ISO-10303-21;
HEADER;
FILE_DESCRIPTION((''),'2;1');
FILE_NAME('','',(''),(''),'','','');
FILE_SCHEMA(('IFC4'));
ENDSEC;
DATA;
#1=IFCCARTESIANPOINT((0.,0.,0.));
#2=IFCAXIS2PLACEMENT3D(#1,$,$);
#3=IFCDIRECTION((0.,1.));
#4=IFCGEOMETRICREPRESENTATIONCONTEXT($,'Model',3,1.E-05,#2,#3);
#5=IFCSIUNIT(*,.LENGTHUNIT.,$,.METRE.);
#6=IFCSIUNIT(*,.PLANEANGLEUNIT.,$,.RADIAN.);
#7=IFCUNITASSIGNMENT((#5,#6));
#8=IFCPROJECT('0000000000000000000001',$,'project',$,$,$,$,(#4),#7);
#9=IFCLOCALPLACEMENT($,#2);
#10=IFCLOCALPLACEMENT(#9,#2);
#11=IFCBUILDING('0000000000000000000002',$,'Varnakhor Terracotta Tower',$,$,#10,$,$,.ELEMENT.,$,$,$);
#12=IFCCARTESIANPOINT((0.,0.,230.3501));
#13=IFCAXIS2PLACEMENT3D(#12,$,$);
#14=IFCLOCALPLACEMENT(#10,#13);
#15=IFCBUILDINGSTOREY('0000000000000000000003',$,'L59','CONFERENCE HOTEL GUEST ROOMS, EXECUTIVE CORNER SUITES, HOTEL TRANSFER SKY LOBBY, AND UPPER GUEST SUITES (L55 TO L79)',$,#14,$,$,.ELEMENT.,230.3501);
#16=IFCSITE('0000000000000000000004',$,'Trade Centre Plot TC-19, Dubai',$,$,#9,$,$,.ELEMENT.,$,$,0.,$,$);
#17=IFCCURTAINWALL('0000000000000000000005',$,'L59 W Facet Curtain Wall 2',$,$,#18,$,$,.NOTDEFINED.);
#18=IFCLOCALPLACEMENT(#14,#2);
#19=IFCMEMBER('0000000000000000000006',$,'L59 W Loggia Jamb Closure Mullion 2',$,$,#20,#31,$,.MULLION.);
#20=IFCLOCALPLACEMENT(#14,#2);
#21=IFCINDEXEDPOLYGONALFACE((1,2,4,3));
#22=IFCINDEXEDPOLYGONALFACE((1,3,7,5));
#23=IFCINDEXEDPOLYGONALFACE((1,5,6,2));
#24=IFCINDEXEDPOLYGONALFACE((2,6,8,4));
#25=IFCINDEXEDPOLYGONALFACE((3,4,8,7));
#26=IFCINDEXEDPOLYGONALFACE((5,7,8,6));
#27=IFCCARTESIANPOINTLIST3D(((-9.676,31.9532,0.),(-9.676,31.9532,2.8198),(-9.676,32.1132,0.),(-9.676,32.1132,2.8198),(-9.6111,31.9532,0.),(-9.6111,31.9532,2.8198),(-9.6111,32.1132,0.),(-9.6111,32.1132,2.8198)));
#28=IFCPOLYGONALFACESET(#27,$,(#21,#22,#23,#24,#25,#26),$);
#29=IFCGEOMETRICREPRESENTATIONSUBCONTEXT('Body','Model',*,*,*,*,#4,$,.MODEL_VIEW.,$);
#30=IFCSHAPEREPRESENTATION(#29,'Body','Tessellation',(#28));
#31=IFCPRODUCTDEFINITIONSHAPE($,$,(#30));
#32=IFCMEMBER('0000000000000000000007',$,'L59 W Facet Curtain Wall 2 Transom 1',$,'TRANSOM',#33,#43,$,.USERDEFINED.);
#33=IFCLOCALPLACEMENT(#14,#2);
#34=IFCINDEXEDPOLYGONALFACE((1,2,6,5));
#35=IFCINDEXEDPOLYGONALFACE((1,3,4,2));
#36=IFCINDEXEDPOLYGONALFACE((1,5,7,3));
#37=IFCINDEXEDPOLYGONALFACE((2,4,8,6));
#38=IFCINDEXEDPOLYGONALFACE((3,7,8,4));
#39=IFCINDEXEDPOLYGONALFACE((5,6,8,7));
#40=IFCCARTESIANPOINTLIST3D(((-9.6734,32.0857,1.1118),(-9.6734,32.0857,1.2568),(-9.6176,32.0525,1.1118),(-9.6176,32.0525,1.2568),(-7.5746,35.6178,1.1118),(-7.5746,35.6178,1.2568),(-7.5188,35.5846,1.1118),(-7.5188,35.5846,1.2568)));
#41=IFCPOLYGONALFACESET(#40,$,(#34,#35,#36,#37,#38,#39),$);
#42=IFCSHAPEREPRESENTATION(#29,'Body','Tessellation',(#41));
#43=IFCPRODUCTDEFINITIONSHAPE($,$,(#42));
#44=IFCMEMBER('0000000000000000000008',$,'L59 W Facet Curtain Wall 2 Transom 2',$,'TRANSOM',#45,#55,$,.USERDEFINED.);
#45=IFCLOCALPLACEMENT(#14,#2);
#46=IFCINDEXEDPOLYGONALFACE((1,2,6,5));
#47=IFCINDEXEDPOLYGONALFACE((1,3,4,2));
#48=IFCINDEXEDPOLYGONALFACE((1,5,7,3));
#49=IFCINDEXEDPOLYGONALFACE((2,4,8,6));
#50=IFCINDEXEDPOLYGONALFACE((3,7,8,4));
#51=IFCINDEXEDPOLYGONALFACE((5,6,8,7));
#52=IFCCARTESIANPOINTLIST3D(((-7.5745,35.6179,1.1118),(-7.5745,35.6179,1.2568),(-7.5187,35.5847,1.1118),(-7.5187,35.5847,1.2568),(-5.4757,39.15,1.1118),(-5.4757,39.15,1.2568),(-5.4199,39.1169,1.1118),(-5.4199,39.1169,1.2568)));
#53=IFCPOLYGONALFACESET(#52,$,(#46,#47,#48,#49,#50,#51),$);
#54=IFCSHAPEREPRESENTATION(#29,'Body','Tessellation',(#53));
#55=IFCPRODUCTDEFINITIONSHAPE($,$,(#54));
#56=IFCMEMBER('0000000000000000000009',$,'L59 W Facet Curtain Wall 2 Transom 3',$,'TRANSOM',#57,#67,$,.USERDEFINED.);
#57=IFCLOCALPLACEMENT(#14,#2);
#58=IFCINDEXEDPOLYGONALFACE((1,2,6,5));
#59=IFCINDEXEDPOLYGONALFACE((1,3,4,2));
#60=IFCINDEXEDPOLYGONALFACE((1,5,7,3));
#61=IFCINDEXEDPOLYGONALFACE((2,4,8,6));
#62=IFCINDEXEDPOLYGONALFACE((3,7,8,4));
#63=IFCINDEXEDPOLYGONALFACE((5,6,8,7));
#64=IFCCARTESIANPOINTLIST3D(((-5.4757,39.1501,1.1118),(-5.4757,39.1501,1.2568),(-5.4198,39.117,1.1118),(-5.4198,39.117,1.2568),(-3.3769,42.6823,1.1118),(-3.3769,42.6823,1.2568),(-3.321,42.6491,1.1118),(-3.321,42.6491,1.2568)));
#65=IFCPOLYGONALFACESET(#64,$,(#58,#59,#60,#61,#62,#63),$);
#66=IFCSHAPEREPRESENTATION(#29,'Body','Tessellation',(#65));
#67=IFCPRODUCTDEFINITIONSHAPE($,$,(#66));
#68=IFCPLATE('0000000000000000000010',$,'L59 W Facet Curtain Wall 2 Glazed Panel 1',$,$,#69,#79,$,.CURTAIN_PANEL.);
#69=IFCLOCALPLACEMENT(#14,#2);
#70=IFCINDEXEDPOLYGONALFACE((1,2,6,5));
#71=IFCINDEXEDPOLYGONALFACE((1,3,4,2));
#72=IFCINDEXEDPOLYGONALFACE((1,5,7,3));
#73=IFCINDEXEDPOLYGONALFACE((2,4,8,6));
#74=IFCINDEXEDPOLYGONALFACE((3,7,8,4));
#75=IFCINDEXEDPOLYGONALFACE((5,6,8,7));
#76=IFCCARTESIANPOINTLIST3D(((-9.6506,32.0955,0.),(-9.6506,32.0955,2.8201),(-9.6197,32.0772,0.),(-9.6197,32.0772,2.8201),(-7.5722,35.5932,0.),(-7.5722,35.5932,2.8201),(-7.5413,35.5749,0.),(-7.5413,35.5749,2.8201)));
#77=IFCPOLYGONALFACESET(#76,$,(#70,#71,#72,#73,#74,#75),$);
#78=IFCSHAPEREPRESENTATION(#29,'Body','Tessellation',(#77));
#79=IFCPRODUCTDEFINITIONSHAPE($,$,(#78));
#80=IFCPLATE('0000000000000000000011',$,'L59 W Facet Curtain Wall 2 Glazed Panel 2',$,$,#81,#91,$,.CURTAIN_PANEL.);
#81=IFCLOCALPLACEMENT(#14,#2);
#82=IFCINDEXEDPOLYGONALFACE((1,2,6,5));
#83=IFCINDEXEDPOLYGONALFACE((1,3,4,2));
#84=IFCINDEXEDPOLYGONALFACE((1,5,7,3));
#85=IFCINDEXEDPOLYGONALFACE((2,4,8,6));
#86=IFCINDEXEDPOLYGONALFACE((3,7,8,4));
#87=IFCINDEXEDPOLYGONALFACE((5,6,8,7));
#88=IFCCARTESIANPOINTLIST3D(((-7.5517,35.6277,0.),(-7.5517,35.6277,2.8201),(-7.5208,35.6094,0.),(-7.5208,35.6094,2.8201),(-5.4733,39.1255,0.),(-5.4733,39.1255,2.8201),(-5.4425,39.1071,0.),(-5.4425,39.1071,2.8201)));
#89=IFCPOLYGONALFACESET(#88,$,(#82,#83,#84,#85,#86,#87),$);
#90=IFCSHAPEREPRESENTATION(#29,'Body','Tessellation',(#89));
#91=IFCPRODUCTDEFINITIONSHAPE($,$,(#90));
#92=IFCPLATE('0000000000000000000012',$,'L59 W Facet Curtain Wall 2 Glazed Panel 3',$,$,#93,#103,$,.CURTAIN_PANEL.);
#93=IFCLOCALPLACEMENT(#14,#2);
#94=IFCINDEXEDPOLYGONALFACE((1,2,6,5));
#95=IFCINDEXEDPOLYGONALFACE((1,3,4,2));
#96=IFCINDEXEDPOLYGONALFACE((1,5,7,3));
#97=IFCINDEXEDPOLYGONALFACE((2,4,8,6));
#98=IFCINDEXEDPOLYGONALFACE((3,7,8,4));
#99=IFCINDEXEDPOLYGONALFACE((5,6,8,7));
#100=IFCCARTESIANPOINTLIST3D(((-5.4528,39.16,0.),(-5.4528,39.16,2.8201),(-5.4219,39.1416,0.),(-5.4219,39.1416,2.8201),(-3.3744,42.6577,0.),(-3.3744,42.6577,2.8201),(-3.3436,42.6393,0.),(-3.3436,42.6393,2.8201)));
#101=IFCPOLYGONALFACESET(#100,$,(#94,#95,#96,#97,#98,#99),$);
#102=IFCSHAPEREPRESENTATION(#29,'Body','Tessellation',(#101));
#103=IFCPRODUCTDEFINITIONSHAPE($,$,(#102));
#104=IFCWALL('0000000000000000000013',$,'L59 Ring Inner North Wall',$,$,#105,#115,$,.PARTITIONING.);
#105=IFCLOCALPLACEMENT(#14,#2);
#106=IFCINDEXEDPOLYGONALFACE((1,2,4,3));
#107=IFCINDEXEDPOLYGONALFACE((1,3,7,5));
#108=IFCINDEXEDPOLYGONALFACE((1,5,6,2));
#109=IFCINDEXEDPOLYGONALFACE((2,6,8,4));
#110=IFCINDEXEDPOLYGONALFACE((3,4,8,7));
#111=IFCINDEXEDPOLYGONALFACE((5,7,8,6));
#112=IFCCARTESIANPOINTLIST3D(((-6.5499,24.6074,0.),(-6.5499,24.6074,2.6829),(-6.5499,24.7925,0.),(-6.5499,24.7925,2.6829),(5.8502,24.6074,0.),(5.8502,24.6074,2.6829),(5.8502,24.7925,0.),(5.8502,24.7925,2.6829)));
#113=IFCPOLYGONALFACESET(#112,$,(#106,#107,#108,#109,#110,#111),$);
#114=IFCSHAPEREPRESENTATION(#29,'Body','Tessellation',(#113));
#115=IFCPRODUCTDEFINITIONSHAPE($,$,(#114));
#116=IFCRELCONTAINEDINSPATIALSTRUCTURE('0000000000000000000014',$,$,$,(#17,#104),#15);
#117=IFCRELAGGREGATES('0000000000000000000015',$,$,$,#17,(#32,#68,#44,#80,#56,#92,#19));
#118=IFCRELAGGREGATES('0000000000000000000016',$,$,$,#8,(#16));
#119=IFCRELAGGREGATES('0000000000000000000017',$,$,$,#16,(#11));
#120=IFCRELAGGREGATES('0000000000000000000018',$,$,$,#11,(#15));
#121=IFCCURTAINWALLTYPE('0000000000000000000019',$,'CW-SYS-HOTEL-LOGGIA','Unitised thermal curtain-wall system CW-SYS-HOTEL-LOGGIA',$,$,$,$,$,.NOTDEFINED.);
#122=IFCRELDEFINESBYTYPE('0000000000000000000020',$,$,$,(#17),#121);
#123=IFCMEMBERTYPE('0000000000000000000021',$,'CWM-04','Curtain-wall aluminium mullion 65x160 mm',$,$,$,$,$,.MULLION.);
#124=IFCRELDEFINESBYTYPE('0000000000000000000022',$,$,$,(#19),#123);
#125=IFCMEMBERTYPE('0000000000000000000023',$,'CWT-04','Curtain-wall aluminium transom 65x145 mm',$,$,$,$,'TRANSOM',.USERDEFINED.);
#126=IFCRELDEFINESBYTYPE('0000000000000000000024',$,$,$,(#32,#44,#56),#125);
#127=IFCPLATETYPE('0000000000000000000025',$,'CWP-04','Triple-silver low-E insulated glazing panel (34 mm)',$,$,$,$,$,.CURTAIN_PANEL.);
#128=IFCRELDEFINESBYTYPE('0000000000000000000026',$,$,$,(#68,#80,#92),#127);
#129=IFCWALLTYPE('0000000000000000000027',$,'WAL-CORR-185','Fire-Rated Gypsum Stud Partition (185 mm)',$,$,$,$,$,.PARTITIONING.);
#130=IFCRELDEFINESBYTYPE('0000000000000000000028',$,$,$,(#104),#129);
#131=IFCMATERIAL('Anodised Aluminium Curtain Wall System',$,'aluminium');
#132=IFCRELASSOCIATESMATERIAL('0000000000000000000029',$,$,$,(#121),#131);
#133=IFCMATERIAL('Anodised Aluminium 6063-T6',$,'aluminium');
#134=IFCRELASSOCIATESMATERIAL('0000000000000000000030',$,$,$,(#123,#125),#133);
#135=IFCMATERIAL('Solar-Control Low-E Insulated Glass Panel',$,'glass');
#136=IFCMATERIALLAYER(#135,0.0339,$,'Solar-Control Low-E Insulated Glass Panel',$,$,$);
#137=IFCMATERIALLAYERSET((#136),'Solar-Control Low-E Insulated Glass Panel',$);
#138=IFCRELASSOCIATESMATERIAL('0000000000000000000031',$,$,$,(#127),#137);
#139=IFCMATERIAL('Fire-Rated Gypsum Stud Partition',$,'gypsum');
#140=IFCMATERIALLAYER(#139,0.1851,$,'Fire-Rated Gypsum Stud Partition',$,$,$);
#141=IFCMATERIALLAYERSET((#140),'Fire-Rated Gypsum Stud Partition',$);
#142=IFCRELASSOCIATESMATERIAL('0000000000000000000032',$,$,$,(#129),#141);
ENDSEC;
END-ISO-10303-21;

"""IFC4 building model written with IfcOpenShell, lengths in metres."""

from ifc_helpers import new_model, si_unit, direction, frame, frame_2d, origin, origin_2d, place, context, subcontext, project, spatial, rectangle, extrude, source, transform, mapped, material, layer, layer_set, material_profile, profile_set, type_object, element, aggregate, save


model = new_model("IFC4")

# Units and contexts
model_context = context("Model", 3, precision=1e-05, world=origin(), true_north=direction((0.0, 1.0)))
body_context = subcontext(model_context, "Body", "Model", "MODEL_VIEW")
ifc_project = project(units=[si_unit("LENGTHUNIT", "METRE"), si_unit("PLANEANGLEUNIT", "RADIAN")], contexts=[model_context])

# Site, building, storey
site_placement = place(None, origin())
site = spatial("IfcSite", under=ifc_project, at=site_placement, Name="Trade Centre Plot TC-19, Dubai", CompositionType="ELEMENT", RefElevation=0.0)
building_placement = place(site_placement, origin())
building = spatial("IfcBuilding", under=site, at=building_placement, Name="Varnakhor Terracotta Tower", CompositionType="ELEMENT")
storey_placement = place(building_placement, frame((0.0, 0.0, 230.3501)))
storey = spatial("IfcBuildingStorey", under=building, at=storey_placement, Name="L59", Description="CONFERENCE HOTEL GUEST ROOMS, EXECUTIVE CORNER SUITES, HOTEL TRANSFER SKY LOBBY, AND UPPER GUEST SUITES (L55 TO L79)", CompositionType="ELEMENT", Elevation=230.3501)

# Curtain wall, members, plates
ifc_material_1 = material(Name="Anodised Aluminium Curtain Wall System", Category="aluminium")
curtain_wall_type = type_object("IfcCurtainWallType", Name="CW-SYS-HOTEL-LOGGIA", Description="Unitised thermal curtain-wall system CW-SYS-HOTEL-LOGGIA", PredefinedType="NOTDEFINED", material=ifc_material_1)
curtain_wall_placement = place(storey_placement, origin())
curtain_wall = element("IfcCurtainWall", 1, at=curtain_wall_placement, inside=storey, type_object=curtain_wall_type, Name="L59 W Facet Curtain Wall 2", PredefinedType="NOTDEFINED")
ifc_material_2 = material(Name="Anodised Aluminium 6063-T6", Category="aluminium")
ifc_material_profile_1 = material_profile(ifc_material_2, rectangle(XDim=0.0649, YDim=0.1599, at=origin_2d()), Name="ALU MULLION 65x160")
ifc_profile_set_1 = profile_set([ifc_material_profile_1], Name="Anodised Aluminium 6063-T6")
member_type_1 = type_object("IfcMemberType", Name="CWM-04", Description="Curtain-wall aluminium mullion 65x160 mm", PredefinedType="MULLION", material=ifc_profile_set_1)
shared_shape_1 = source(origin(), body_context, "Body", "SweptSolid", [
    extrude(rectangle(XDim=0.0649, YDim=0.1599, at=origin_2d()), origin(), (0.0, 0.0, 1.0), 2.8198),
])
member_1_placement = place(storey_placement, frame((-9.6436, 32.0332, 0.0), z_axis=(0.0, 0.0, 1.0), x_axis=(1.0, 0.0, 0.0)))
member_1 = element("IfcMember", 2, at=member_1_placement, type_object=member_type_1, Name="L59 W Loggia Jamb Closure Mullion 2", PredefinedType="MULLION", context=body_context, shape_type="MappedRepresentation", body=[
    mapped(shared_shape_1, transform((0.0, 0.0, 0.0), scale=1.0)),
])
ifc_material_profile_2 = material_profile(ifc_material_2, rectangle(XDim=0.0649, YDim=0.145, at=origin_2d()), Name="ALU TRANSOM 65x145")
ifc_profile_set_2 = profile_set([ifc_material_profile_2], Name="Anodised Aluminium 6063-T6")
member_type_2 = type_object("IfcMemberType", Name="CWT-04", Description="Curtain-wall aluminium transom 65x145 mm", ElementType="TRANSOM", PredefinedType="USERDEFINED", material=ifc_profile_set_2)
shared_shape_2 = source(origin(), body_context, "Body", "SweptSolid", [
    extrude(rectangle(XDim=0.0649, YDim=0.145, at=origin_2d()), origin(), (0.0, 0.0, 1.0), 4.1086),
])
member_2_placement = place(storey_placement, frame((-9.6455, 32.0691, 1.1843), z_axis=(0.51083, 0.859682, 0.0), x_axis=(-0.859682, 0.51083, 0.0)))
member_2 = element("IfcMember", 3, at=member_2_placement, type_object=member_type_2, Name="L59 W Facet Curtain Wall 2 Transom 1", ObjectType="TRANSOM", PredefinedType="USERDEFINED", context=body_context, shape_type="MappedRepresentation", body=[
    mapped(shared_shape_2, transform((0.0, 0.0, 0.0), scale=1.0)),
])
member_3_placement = place(storey_placement, frame((-7.5466, 35.6013, 1.1843), z_axis=(0.51083, 0.859682, 0.0), x_axis=(-0.859682, 0.51083, 0.0)))
member_3 = element("IfcMember", 4, at=member_3_placement, type_object=member_type_2, Name="L59 W Facet Curtain Wall 2 Transom 2", ObjectType="TRANSOM", PredefinedType="USERDEFINED", context=body_context, shape_type="MappedRepresentation", body=[
    mapped(shared_shape_2, transform((0.0, 0.0, 0.0), scale=1.0)),
])
member_4_placement = place(storey_placement, frame((-5.4478, 39.1335, 1.1843), z_axis=(0.51083, 0.859682, 0.0), x_axis=(-0.859682, 0.51083, 0.0)))
member_4 = element("IfcMember", 5, at=member_4_placement, type_object=member_type_2, Name="L59 W Facet Curtain Wall 2 Transom 3", ObjectType="TRANSOM", PredefinedType="USERDEFINED", context=body_context, shape_type="MappedRepresentation", body=[
    mapped(shared_shape_2, transform((0.0, 0.0, 0.0), scale=1.0)),
])
ifc_material_3 = material(Name="Solar-Control Low-E Insulated Glass Panel", Category="glass")
ifc_layer_1 = layer(ifc_material_3, 0.0339, Name="Solar-Control Low-E Insulated Glass Panel")
ifc_layer_set_1 = layer_set([ifc_layer_1], Name="Solar-Control Low-E Insulated Glass Panel")
plate_type = type_object("IfcPlateType", Name="CWP-04", Description="Triple-silver low-E insulated glazing panel (34 mm)", PredefinedType="CURTAIN_PANEL", material=ifc_layer_set_1)
shared_shape_3 = source(origin(), body_context, "Body", "SweptSolid", [
    extrude(rectangle(XDim=4.0686, YDim=0.0359, at=origin_2d()), origin(), (0.0, 0.0, 1.0), 2.8201),
])
plate_1_placement = place(storey_placement, frame((-8.5959, 33.8352, 0.0), z_axis=(0.0, 0.0, 1.0), x_axis=(0.510828, 0.859683, 0.0)))
plate_1 = element("IfcPlate", 6, at=plate_1_placement, type_object=plate_type, Name="L59 W Facet Curtain Wall 2 Glazed Panel 1", PredefinedType="CURTAIN_PANEL", context=body_context, shape_type="MappedRepresentation", body=[
    mapped(shared_shape_3, transform((0.0, 0.0, 0.0), scale=1.0)),
])
plate_2_placement = place(storey_placement, frame((-6.4971, 37.3674, 0.0), z_axis=(0.0, 0.0, 1.0), x_axis=(0.510828, 0.859683, 0.0)))
plate_2 = element("IfcPlate", 7, at=plate_2_placement, type_object=plate_type, Name="L59 W Facet Curtain Wall 2 Glazed Panel 2", PredefinedType="CURTAIN_PANEL", context=body_context, shape_type="MappedRepresentation", body=[
    mapped(shared_shape_3, transform((0.0, 0.0, 0.0), scale=1.0)),
])
plate_3_placement = place(storey_placement, frame((-4.3982, 40.8997, 0.0), z_axis=(0.0, 0.0, 1.0), x_axis=(0.510828, 0.859683, 0.0)))
plate_3 = element("IfcPlate", 8, at=plate_3_placement, type_object=plate_type, Name="L59 W Facet Curtain Wall 2 Glazed Panel 3", PredefinedType="CURTAIN_PANEL", context=body_context, shape_type="MappedRepresentation", body=[
    mapped(shared_shape_3, transform((0.0, 0.0, 0.0), scale=1.0)),
])
aggregate(curtain_wall, [member_2, plate_1, member_3, plate_2, member_4, plate_3, member_1])

# Wall
ifc_material_4 = material(Name="Fire-Rated Gypsum Stud Partition", Category="gypsum")
ifc_layer_2 = layer(ifc_material_4, 0.1851, Name="Fire-Rated Gypsum Stud Partition")
ifc_layer_set_2 = layer_set([ifc_layer_2], Name="Fire-Rated Gypsum Stud Partition")
wall_type_1 = type_object("IfcWallType", Name="WAL-CORR-185", Description="Fire-Rated Gypsum Stud Partition (185 mm)", PredefinedType="PARTITIONING", material=ifc_layer_set_2)
wall_1_placement = place(storey_placement, frame((-6.55, 24.7, 0.0), z_axis=(0.0, 0.0, 1.0), x_axis=(1.0, 0.0, 0.0)))
element("IfcWall", 9, at=wall_1_placement, inside=storey, type_object=wall_type_1, Name="L59 Ring Inner North Wall", PredefinedType="PARTITIONING", context=body_context, shape_type="SweptSolid", body=[
    extrude(rectangle(XDim=12.4001, YDim=0.1851, at=frame_2d((6.2002, 0.0))), origin(), (0.0, 0.0, 1.0), 2.6829),
])

save(model, "model.ifc")
